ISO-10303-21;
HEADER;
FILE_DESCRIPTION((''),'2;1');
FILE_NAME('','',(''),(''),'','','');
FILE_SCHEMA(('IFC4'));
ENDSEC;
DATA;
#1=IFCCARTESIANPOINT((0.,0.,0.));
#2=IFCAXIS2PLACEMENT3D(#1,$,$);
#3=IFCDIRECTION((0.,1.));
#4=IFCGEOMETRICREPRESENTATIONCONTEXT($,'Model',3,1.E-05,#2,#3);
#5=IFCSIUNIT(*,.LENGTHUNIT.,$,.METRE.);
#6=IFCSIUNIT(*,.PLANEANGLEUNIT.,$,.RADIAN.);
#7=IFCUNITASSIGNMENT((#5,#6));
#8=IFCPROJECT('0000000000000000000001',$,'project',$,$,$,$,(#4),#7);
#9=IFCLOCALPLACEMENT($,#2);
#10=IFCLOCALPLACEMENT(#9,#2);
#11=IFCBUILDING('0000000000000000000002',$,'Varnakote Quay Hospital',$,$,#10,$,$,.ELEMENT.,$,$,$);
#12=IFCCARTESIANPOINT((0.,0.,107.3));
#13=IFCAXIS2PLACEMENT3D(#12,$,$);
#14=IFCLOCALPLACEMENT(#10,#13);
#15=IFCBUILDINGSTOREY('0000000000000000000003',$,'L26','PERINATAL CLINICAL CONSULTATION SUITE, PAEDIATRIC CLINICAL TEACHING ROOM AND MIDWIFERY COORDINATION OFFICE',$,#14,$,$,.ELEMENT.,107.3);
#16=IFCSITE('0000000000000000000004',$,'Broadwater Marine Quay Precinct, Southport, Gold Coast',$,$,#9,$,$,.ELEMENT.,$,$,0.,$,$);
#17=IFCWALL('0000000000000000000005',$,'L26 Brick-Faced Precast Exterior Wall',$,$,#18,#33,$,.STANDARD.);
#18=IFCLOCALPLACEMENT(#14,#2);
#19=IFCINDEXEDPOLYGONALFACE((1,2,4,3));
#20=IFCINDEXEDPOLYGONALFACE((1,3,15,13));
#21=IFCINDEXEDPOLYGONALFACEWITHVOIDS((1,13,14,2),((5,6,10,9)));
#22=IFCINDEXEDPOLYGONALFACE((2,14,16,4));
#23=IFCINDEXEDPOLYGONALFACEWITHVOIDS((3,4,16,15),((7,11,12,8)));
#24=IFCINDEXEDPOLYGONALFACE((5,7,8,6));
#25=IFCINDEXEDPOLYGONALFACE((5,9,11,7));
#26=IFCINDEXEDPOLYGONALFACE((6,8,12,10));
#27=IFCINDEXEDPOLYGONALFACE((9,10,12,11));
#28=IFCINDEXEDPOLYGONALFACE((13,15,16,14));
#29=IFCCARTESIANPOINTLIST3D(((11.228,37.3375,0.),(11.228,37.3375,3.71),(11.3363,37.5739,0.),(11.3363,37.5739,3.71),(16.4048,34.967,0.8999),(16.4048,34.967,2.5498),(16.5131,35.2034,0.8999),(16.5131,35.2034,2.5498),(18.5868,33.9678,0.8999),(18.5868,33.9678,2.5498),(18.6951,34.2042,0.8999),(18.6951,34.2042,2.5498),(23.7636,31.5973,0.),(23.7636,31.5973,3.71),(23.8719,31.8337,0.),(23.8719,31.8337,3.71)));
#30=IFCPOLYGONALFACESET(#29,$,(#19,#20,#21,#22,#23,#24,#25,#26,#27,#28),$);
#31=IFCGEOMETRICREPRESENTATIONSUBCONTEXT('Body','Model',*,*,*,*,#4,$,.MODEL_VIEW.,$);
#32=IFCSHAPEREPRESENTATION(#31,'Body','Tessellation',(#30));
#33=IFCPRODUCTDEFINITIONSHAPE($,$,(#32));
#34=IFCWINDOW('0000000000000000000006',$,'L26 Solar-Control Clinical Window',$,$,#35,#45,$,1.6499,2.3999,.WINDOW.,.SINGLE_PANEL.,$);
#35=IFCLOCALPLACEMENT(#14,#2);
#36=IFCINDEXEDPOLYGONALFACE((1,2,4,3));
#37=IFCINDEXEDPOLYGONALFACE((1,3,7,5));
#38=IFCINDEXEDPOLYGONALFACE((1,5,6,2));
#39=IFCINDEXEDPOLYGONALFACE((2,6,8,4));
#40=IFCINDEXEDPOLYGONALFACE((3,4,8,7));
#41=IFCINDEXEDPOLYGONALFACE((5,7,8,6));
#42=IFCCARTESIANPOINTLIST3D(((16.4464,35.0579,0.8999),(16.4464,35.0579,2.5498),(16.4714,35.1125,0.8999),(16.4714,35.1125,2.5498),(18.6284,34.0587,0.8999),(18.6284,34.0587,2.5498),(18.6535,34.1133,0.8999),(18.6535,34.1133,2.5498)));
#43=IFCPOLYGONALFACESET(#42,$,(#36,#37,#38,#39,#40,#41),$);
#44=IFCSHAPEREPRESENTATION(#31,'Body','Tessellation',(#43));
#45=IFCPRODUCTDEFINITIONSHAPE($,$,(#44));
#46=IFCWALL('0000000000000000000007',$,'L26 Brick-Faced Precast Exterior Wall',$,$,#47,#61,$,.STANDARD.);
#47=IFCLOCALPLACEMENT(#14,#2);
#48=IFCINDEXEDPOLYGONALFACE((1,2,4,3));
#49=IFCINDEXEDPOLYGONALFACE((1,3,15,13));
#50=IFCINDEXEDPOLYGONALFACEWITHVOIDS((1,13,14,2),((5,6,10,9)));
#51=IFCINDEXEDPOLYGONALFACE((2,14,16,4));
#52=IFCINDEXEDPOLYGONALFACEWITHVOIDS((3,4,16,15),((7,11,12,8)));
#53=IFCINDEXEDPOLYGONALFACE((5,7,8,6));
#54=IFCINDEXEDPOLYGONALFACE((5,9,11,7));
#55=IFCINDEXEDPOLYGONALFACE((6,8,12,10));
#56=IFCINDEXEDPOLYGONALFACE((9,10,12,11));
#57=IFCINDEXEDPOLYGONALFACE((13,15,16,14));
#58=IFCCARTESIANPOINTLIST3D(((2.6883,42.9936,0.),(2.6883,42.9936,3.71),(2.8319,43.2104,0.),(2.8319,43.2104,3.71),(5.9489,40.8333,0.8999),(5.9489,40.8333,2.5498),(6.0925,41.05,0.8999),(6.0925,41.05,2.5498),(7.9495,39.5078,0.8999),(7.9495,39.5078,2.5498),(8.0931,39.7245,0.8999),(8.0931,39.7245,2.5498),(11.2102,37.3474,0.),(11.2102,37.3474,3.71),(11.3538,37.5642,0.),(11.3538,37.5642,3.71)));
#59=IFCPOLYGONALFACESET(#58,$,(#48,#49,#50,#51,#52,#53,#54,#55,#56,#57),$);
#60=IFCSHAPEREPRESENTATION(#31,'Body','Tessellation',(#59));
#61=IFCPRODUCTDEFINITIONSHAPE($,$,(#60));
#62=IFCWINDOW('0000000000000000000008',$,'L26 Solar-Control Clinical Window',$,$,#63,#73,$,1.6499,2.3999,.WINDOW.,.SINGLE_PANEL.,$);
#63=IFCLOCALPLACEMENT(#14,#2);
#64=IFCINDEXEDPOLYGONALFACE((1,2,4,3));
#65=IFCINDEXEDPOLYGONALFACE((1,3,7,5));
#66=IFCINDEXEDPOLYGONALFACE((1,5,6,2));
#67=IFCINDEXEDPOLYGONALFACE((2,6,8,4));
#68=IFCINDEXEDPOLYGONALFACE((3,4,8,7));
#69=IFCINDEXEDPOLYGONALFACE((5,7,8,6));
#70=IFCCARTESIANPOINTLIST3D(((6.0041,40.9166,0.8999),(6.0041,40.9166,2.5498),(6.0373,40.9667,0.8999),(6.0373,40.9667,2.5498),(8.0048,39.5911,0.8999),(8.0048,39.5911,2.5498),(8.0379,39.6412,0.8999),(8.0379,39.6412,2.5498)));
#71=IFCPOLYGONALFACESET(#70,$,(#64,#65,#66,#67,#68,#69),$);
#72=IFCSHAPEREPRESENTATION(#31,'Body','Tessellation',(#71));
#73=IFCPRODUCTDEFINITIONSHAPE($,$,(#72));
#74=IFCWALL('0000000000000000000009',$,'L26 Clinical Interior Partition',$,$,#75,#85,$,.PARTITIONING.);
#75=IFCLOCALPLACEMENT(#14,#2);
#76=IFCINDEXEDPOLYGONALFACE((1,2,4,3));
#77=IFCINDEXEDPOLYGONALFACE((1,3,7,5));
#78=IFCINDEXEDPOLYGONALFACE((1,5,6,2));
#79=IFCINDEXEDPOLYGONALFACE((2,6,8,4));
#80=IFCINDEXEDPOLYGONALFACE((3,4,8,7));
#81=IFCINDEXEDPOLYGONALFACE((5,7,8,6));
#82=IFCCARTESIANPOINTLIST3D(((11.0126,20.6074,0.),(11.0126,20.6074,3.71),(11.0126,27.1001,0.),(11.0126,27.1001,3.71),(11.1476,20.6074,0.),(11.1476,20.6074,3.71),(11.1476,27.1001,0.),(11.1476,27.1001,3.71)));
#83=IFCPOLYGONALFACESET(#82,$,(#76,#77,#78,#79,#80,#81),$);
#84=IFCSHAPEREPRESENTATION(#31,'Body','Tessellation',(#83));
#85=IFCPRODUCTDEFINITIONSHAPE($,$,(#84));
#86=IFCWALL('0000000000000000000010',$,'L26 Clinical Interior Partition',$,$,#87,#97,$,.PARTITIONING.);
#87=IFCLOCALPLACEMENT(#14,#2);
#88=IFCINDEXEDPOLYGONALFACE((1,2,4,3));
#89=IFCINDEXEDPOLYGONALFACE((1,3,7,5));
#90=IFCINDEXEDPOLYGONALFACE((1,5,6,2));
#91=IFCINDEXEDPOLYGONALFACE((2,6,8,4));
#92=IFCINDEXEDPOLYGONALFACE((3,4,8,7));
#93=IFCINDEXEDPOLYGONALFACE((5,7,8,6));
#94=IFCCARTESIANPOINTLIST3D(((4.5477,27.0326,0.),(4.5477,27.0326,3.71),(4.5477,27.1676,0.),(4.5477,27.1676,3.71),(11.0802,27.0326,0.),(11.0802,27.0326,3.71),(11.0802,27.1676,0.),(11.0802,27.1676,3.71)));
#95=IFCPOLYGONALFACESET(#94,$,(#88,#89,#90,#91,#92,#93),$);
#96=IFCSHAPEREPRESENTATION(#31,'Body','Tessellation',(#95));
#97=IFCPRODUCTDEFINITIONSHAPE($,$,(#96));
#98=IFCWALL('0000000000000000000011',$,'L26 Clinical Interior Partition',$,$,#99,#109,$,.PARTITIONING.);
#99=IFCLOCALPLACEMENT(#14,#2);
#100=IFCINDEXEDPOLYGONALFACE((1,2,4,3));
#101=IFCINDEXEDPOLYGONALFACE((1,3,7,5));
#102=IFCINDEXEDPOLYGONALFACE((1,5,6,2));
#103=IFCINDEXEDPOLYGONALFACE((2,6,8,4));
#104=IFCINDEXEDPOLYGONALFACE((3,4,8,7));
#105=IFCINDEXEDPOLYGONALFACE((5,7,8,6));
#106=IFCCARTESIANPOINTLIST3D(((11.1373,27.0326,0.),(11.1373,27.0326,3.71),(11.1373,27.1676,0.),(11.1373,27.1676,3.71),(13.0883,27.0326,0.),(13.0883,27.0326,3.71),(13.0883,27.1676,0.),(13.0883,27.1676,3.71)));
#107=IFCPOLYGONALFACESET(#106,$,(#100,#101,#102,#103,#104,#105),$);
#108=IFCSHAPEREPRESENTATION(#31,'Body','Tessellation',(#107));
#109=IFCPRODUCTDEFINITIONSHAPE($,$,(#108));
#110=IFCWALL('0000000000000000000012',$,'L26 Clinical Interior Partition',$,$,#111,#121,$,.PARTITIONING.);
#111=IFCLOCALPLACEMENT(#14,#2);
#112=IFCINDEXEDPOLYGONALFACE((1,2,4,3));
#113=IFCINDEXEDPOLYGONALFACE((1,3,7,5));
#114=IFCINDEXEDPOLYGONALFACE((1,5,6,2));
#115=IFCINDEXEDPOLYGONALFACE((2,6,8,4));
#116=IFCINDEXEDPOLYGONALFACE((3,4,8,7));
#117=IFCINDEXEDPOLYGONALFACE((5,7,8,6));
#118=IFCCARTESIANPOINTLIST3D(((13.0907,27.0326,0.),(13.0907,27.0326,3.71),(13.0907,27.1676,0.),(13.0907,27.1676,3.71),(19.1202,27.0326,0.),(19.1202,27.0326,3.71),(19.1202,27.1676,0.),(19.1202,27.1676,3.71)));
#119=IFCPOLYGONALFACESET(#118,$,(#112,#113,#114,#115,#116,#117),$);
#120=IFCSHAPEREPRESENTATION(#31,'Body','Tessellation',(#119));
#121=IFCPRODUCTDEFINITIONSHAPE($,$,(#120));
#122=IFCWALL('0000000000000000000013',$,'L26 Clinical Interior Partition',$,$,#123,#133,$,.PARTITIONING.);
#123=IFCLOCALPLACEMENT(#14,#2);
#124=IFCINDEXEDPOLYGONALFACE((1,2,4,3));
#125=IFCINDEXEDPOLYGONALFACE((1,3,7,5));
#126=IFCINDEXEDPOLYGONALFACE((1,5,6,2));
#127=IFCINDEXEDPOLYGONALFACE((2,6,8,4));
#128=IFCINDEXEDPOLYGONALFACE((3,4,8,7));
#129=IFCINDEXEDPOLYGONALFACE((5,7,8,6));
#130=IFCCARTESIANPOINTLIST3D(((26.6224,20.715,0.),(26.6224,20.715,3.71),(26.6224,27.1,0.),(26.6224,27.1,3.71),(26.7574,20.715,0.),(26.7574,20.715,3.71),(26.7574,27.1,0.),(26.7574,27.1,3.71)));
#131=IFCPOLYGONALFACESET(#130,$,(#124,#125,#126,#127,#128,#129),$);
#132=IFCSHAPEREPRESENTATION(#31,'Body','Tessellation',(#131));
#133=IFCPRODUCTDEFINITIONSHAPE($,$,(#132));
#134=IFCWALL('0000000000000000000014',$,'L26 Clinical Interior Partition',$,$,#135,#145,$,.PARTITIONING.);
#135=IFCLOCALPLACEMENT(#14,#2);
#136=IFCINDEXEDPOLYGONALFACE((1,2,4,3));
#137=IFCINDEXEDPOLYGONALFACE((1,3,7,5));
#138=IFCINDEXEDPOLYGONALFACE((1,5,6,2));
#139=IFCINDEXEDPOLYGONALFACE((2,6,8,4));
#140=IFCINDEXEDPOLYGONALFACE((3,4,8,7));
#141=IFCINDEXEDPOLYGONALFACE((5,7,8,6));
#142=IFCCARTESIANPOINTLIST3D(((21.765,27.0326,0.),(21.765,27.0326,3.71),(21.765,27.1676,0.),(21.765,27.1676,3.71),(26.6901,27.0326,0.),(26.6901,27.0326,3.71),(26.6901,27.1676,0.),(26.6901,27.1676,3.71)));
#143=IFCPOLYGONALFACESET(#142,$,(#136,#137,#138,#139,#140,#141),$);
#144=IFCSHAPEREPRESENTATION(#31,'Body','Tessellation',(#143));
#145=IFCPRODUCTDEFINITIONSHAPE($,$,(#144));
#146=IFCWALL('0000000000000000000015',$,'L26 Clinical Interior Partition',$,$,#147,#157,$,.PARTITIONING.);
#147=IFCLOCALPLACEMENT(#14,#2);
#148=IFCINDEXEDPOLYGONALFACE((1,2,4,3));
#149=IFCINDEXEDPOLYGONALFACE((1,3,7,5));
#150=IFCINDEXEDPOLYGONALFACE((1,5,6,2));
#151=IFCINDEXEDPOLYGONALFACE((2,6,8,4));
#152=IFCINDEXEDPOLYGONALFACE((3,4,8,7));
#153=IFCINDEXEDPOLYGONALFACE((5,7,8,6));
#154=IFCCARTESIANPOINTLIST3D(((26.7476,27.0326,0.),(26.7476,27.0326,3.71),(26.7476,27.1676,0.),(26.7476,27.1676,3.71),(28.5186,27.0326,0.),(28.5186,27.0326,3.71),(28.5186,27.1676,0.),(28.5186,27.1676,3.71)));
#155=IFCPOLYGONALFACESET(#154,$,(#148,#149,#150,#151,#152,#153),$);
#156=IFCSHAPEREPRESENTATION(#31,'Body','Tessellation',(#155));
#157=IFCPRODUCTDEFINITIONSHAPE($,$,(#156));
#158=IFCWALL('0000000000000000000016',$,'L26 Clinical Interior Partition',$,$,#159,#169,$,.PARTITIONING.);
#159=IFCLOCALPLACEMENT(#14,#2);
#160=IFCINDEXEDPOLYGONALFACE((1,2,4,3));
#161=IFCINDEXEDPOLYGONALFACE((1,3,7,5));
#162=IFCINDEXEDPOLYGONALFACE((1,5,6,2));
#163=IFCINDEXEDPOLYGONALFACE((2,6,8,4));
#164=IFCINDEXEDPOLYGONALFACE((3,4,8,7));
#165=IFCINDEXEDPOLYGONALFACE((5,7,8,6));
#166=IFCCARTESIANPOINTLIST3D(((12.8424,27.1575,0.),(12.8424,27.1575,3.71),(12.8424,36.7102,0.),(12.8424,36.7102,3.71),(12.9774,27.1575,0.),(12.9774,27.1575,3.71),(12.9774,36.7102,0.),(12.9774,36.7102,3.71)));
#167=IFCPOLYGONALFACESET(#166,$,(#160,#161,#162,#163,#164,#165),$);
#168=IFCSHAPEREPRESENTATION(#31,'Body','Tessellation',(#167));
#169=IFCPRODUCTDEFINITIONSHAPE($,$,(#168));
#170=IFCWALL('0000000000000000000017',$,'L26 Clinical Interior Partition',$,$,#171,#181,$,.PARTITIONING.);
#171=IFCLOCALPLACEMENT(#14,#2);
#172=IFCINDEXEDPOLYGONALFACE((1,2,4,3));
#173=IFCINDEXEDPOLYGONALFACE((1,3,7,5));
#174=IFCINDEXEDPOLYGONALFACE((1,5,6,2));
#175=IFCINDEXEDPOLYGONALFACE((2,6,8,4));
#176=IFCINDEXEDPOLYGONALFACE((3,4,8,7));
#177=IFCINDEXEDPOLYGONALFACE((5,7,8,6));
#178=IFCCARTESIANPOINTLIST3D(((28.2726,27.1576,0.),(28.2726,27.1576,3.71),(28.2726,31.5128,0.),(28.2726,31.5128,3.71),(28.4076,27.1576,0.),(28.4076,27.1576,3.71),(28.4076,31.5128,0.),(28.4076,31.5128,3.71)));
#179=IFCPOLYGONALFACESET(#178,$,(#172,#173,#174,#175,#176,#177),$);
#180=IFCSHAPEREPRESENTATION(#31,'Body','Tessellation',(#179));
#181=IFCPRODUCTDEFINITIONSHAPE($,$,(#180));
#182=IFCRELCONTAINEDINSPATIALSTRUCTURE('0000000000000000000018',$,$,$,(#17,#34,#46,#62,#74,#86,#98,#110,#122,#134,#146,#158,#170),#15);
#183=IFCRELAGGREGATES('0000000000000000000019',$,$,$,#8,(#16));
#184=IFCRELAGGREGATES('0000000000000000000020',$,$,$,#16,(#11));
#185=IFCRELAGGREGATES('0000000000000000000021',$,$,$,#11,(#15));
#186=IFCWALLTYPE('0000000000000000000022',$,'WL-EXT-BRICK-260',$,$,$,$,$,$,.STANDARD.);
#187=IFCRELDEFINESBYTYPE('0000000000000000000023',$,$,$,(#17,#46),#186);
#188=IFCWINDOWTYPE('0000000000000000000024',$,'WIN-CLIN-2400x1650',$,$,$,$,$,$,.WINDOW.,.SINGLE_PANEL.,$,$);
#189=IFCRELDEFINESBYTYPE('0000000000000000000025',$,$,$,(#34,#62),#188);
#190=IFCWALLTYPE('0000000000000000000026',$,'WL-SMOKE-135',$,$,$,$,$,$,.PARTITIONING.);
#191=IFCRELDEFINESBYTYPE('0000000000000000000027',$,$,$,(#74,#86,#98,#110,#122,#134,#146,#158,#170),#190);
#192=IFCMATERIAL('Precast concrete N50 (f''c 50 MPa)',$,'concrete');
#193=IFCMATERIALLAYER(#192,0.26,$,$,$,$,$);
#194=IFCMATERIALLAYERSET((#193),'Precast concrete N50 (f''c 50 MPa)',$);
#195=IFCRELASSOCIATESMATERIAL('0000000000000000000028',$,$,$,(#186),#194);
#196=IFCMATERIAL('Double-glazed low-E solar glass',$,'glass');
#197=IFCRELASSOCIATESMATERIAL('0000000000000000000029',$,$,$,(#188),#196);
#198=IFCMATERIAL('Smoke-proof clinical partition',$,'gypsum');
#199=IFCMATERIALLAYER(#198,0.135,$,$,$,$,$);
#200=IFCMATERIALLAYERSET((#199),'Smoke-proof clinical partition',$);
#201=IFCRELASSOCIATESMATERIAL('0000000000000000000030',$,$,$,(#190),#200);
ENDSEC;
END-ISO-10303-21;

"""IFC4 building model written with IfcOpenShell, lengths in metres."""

from ifc_helpers import new_model, si_unit, direction, frame, frame_2d, origin, place, context, subcontext, project, spatial, rectangle, extrude, material, layer, layer_set, type_object, element, fill, save


model = new_model("IFC4")

# Units and contexts
model_context = context("Model", 3, precision=1e-05, world=origin(), true_north=direction((0.0, 1.0)))
body_context = subcontext(model_context, "Body", "Model", "MODEL_VIEW")
ifc_project = project(units=[si_unit("LENGTHUNIT", "METRE"), si_unit("PLANEANGLEUNIT", "RADIAN")], contexts=[model_context])

# Site, building, storey
site_placement = place(None, origin())
site = spatial("IfcSite", under=ifc_project, at=site_placement, Name="Broadwater Marine Quay Precinct, Southport, Gold Coast", CompositionType="ELEMENT", RefElevation=0.0)
building_placement = place(site_placement, origin())
building = spatial("IfcBuilding", under=site, at=building_placement, Name="Varnakote Quay Hospital", CompositionType="ELEMENT")
storey_placement = place(building_placement, frame((0.0, 0.0, 107.3)))
storey = spatial("IfcBuildingStorey", under=building, at=storey_placement, Name="L26", Description="PERINATAL CLINICAL CONSULTATION SUITE, PAEDIATRIC CLINICAL TEACHING ROOM AND MIDWIFERY COORDINATION OFFICE", CompositionType="ELEMENT", Elevation=107.3)

# Walls, openings, windows
ifc_material_1 = material(Name="Precast concrete N50 (f'c 50 MPa)", Category="concrete")
ifc_layer_1 = layer(ifc_material_1, 0.26)
ifc_layer_set_1 = layer_set([ifc_layer_1], Name="Precast concrete N50 (f'c 50 MPa)")
wall_type_1 = type_object("IfcWallType", Name="WL-EXT-BRICK-260", PredefinedType="STANDARD", material=ifc_layer_set_1)
wall_1_placement = place(storey_placement, frame((23.8176, 31.7156, 0.0), z_axis=(0.0, 0.0, 1.0), x_axis=(-0.90921, 0.416339, 0.0)))
wall_1 = element("IfcWall", 1, at=wall_1_placement, inside=storey, type_object=wall_type_1, Name="L26 Brick-Faced Precast Exterior Wall", PredefinedType="STANDARD", context=body_context, shape_type="SweptSolid", body=[
    extrude(rectangle(XDim=13.7874, YDim=0.26, at=frame_2d((6.8936, 0.0))), origin(), (0.0, 0.0, 1.0), 3.71),
])
opening_1_placement = place(wall_1_placement, frame((5.6936, 0.0, 0.8999)))
opening_1 = element("IfcOpeningElement", 2, at=opening_1_placement, cuts=wall_1, PredefinedType="OPENING", context=body_context, shape_type="SweptSolid", body=[
    extrude(rectangle(XDim=2.3999, YDim=1.6499, at=frame_2d((1.2, 0.825))), frame((0.0, 0.1399, 0.0), z_axis=(0.0, -1.0, 0.0), x_axis=(1.0, 0.0, 0.0)), (0.0, 0.0, 1.0), 0.28),
])
ifc_material_2 = material(Name="Double-glazed low-E solar glass", Category="glass")
window_type = type_object("IfcWindowType", Name="WIN-CLIN-2400x1650", PartitioningType="SINGLE_PANEL", PredefinedType="WINDOW", material=ifc_material_2)
window_1_placement = place(opening_1_placement, origin())
window_1 = element("IfcWindow", 3, at=window_1_placement, inside=storey, type_object=window_type, Name="L26 Solar-Control Clinical Window", OverallHeight=1.6499, OverallWidth=2.3999, PartitioningType="SINGLE_PANEL", PredefinedType="WINDOW", context=body_context, shape_type="SweptSolid", body=[
    extrude(rectangle(XDim=2.3999, YDim=1.6499, at=frame_2d((1.2, 0.825))), frame((0.0, 0.03, 0.0), z_axis=(0.0, -1.0, 0.0), x_axis=(1.0, 0.0, 0.0)), (0.0, 0.0, 1.0), 0.0601),
])
fill(opening_1, window_1)
wall_2_placement = place(storey_placement, frame((11.282, 37.4558, 0.0), z_axis=(0.0, 0.0, 1.0), x_axis=(-0.83363, 0.552323, 0.0)))
wall_2 = element("IfcWall", 4, at=wall_2_placement, inside=storey, type_object=wall_type_1, Name="L26 Brick-Faced Precast Exterior Wall", PredefinedType="STANDARD", context=body_context, shape_type="SweptSolid", body=[
    extrude(rectangle(XDim=10.2227, YDim=0.26, at=frame_2d((5.1113, 0.0))), origin(), (0.0, 0.0, 1.0), 3.71),
])
opening_2_placement = place(wall_2_placement, frame((3.9114, 0.0, 0.8999)))
opening_2 = element("IfcOpeningElement", 5, at=opening_2_placement, cuts=wall_2, PredefinedType="OPENING", context=body_context, shape_type="SweptSolid", body=[
    extrude(rectangle(XDim=2.3999, YDim=1.6499, at=frame_2d((1.2, 0.825))), frame((0.0, 0.1399, 0.0), z_axis=(0.0, -1.0, 0.0), x_axis=(1.0, 0.0, 0.0)), (0.0, 0.0, 1.0), 0.28),
])
window_2_placement = place(opening_2_placement, origin())
window_2 = element("IfcWindow", 6, at=window_2_placement, inside=storey, type_object=window_type, Name="L26 Solar-Control Clinical Window", OverallHeight=1.6499, OverallWidth=2.3999, PartitioningType="SINGLE_PANEL", PredefinedType="WINDOW", context=body_context, shape_type="SweptSolid", body=[
    extrude(rectangle(XDim=2.3999, YDim=1.6499, at=frame_2d((1.2, 0.825))), frame((0.0, 0.03, 0.0), z_axis=(0.0, -1.0, 0.0), x_axis=(1.0, 0.0, 0.0)), (0.0, 0.0, 1.0), 0.0601),
])
fill(opening_2, window_2)

# Walls
ifc_material_3 = material(Name="Smoke-proof clinical partition", Category="gypsum")
ifc_layer_2 = layer(ifc_material_3, 0.135)
ifc_layer_set_2 = layer_set([ifc_layer_2], Name="Smoke-proof clinical partition")
wall_type_2 = type_object("IfcWallType", Name="WL-SMOKE-135", PredefinedType="PARTITIONING", material=ifc_layer_set_2)
wall_3_placement = place(storey_placement, frame((11.0801, 20.6074, 0.0), z_axis=(0.0, 0.0, 1.0), x_axis=(0.0, 1.0, 0.0)))
element("IfcWall", 7, at=wall_3_placement, inside=storey, type_object=wall_type_2, Name="L26 Clinical Interior Partition", PredefinedType="PARTITIONING", context=body_context, shape_type="SweptSolid", body=[
    extrude(rectangle(XDim=6.4927, YDim=0.135, at=frame_2d((3.2463, 0.0))), origin(), (0.0, 0.0, 1.0), 3.71),
])
wall_4_placement = place(storey_placement, frame((11.0801, 27.1001, 0.0), z_axis=(0.0, 0.0, 1.0), x_axis=(-1.0, 0.0, 0.0)))
element("IfcWall", 8, at=wall_4_placement, inside=storey, type_object=wall_type_2, Name="L26 Clinical Interior Partition", PredefinedType="PARTITIONING", context=body_context, shape_type="SweptSolid", body=[
    extrude(rectangle(XDim=6.5325, YDim=0.135, at=frame_2d((3.2661, 0.0))), origin(), (0.0, 0.0, 1.0), 3.71),
])
wall_5_placement = place(storey_placement, frame((13.0884, 27.1001, 0.0), z_axis=(0.0, 0.0, 1.0), x_axis=(-1.0, 0.0, 0.0)))
element("IfcWall", 9, at=wall_5_placement, inside=storey, type_object=wall_type_2, Name="L26 Clinical Interior Partition", PredefinedType="PARTITIONING", context=body_context, shape_type="SweptSolid", body=[
    extrude(rectangle(XDim=1.9509, YDim=0.135, at=frame_2d((0.9756, 0.0))), origin(), (0.0, 0.0, 1.0), 3.71),
])
wall_6_placement = place(storey_placement, frame((19.1201, 27.1001, 0.0), z_axis=(0.0, 0.0, 1.0), x_axis=(-1.0, 0.0, 0.0)))
element("IfcWall", 10, at=wall_6_placement, inside=storey, type_object=wall_type_2, Name="L26 Clinical Interior Partition", PredefinedType="PARTITIONING", context=body_context, shape_type="SweptSolid", body=[
    extrude(rectangle(XDim=6.0295, YDim=0.135, at=frame_2d((3.0146, 0.0))), origin(), (0.0, 0.0, 1.0), 3.71),
])
wall_7_placement = place(storey_placement, frame((26.6899, 20.7151, 0.0), z_axis=(0.0, 0.0, 1.0), x_axis=(0.0, 1.0, 0.0)))
element("IfcWall", 11, at=wall_7_placement, inside=storey, type_object=wall_type_2, Name="L26 Clinical Interior Partition", PredefinedType="PARTITIONING", context=body_context, shape_type="SweptSolid", body=[
    extrude(rectangle(XDim=6.385, YDim=0.135, at=frame_2d((3.1924, 0.0))), origin(), (0.0, 0.0, 1.0), 3.71),
])
wall_8_placement = place(storey_placement, frame((26.6899, 27.1001, 0.0), z_axis=(0.0, 0.0, 1.0), x_axis=(-1.0, 0.0, 0.0)))
element("IfcWall", 12, at=wall_8_placement, inside=storey, type_object=wall_type_2, Name="L26 Clinical Interior Partition", PredefinedType="PARTITIONING", context=body_context, shape_type="SweptSolid", body=[
    extrude(rectangle(XDim=4.925, YDim=0.135, at=frame_2d((2.4624, 0.0))), origin(), (0.0, 0.0, 1.0), 3.71),
])
wall_9_placement = place(storey_placement, frame((28.5186, 27.1001, 0.0), z_axis=(0.0, 0.0, 1.0), x_axis=(-1.0, 0.0, 0.0)))
element("IfcWall", 13, at=wall_9_placement, inside=storey, type_object=wall_type_2, Name="L26 Clinical Interior Partition", PredefinedType="PARTITIONING", context=body_context, shape_type="SweptSolid", body=[
    extrude(rectangle(XDim=1.771, YDim=0.135, at=frame_2d((0.8855, 0.0))), origin(), (0.0, 0.0, 1.0), 3.71),
])
wall_10_placement = place(storey_placement, frame((12.9099, 27.1575, 0.0), z_axis=(0.0, 0.0, 1.0), x_axis=(0.0, 1.0, 0.0)))
element("IfcWall", 14, at=wall_10_placement, inside=storey, type_object=wall_type_2, Name="L26 Clinical Interior Partition", PredefinedType="PARTITIONING", context=body_context, shape_type="SweptSolid", body=[
    extrude(rectangle(XDim=9.5527, YDim=0.135, at=frame_2d((4.7764, 0.0))), origin(), (0.0, 0.0, 1.0), 3.71),
])
wall_11_placement = place(storey_placement, frame((28.3401, 27.1575, 0.0), z_axis=(0.0, 0.0, 1.0), x_axis=(0.0, 1.0, 0.0)))
element("IfcWall", 15, at=wall_11_placement, inside=storey, type_object=wall_type_2, Name="L26 Clinical Interior Partition", PredefinedType="PARTITIONING", context=body_context, shape_type="SweptSolid", body=[
    extrude(rectangle(XDim=4.3552, YDim=0.135, at=frame_2d((2.1777, 0.0))), origin(), (0.0, 0.0, 1.0), 3.71),
])

save(model, "model.ifc")
